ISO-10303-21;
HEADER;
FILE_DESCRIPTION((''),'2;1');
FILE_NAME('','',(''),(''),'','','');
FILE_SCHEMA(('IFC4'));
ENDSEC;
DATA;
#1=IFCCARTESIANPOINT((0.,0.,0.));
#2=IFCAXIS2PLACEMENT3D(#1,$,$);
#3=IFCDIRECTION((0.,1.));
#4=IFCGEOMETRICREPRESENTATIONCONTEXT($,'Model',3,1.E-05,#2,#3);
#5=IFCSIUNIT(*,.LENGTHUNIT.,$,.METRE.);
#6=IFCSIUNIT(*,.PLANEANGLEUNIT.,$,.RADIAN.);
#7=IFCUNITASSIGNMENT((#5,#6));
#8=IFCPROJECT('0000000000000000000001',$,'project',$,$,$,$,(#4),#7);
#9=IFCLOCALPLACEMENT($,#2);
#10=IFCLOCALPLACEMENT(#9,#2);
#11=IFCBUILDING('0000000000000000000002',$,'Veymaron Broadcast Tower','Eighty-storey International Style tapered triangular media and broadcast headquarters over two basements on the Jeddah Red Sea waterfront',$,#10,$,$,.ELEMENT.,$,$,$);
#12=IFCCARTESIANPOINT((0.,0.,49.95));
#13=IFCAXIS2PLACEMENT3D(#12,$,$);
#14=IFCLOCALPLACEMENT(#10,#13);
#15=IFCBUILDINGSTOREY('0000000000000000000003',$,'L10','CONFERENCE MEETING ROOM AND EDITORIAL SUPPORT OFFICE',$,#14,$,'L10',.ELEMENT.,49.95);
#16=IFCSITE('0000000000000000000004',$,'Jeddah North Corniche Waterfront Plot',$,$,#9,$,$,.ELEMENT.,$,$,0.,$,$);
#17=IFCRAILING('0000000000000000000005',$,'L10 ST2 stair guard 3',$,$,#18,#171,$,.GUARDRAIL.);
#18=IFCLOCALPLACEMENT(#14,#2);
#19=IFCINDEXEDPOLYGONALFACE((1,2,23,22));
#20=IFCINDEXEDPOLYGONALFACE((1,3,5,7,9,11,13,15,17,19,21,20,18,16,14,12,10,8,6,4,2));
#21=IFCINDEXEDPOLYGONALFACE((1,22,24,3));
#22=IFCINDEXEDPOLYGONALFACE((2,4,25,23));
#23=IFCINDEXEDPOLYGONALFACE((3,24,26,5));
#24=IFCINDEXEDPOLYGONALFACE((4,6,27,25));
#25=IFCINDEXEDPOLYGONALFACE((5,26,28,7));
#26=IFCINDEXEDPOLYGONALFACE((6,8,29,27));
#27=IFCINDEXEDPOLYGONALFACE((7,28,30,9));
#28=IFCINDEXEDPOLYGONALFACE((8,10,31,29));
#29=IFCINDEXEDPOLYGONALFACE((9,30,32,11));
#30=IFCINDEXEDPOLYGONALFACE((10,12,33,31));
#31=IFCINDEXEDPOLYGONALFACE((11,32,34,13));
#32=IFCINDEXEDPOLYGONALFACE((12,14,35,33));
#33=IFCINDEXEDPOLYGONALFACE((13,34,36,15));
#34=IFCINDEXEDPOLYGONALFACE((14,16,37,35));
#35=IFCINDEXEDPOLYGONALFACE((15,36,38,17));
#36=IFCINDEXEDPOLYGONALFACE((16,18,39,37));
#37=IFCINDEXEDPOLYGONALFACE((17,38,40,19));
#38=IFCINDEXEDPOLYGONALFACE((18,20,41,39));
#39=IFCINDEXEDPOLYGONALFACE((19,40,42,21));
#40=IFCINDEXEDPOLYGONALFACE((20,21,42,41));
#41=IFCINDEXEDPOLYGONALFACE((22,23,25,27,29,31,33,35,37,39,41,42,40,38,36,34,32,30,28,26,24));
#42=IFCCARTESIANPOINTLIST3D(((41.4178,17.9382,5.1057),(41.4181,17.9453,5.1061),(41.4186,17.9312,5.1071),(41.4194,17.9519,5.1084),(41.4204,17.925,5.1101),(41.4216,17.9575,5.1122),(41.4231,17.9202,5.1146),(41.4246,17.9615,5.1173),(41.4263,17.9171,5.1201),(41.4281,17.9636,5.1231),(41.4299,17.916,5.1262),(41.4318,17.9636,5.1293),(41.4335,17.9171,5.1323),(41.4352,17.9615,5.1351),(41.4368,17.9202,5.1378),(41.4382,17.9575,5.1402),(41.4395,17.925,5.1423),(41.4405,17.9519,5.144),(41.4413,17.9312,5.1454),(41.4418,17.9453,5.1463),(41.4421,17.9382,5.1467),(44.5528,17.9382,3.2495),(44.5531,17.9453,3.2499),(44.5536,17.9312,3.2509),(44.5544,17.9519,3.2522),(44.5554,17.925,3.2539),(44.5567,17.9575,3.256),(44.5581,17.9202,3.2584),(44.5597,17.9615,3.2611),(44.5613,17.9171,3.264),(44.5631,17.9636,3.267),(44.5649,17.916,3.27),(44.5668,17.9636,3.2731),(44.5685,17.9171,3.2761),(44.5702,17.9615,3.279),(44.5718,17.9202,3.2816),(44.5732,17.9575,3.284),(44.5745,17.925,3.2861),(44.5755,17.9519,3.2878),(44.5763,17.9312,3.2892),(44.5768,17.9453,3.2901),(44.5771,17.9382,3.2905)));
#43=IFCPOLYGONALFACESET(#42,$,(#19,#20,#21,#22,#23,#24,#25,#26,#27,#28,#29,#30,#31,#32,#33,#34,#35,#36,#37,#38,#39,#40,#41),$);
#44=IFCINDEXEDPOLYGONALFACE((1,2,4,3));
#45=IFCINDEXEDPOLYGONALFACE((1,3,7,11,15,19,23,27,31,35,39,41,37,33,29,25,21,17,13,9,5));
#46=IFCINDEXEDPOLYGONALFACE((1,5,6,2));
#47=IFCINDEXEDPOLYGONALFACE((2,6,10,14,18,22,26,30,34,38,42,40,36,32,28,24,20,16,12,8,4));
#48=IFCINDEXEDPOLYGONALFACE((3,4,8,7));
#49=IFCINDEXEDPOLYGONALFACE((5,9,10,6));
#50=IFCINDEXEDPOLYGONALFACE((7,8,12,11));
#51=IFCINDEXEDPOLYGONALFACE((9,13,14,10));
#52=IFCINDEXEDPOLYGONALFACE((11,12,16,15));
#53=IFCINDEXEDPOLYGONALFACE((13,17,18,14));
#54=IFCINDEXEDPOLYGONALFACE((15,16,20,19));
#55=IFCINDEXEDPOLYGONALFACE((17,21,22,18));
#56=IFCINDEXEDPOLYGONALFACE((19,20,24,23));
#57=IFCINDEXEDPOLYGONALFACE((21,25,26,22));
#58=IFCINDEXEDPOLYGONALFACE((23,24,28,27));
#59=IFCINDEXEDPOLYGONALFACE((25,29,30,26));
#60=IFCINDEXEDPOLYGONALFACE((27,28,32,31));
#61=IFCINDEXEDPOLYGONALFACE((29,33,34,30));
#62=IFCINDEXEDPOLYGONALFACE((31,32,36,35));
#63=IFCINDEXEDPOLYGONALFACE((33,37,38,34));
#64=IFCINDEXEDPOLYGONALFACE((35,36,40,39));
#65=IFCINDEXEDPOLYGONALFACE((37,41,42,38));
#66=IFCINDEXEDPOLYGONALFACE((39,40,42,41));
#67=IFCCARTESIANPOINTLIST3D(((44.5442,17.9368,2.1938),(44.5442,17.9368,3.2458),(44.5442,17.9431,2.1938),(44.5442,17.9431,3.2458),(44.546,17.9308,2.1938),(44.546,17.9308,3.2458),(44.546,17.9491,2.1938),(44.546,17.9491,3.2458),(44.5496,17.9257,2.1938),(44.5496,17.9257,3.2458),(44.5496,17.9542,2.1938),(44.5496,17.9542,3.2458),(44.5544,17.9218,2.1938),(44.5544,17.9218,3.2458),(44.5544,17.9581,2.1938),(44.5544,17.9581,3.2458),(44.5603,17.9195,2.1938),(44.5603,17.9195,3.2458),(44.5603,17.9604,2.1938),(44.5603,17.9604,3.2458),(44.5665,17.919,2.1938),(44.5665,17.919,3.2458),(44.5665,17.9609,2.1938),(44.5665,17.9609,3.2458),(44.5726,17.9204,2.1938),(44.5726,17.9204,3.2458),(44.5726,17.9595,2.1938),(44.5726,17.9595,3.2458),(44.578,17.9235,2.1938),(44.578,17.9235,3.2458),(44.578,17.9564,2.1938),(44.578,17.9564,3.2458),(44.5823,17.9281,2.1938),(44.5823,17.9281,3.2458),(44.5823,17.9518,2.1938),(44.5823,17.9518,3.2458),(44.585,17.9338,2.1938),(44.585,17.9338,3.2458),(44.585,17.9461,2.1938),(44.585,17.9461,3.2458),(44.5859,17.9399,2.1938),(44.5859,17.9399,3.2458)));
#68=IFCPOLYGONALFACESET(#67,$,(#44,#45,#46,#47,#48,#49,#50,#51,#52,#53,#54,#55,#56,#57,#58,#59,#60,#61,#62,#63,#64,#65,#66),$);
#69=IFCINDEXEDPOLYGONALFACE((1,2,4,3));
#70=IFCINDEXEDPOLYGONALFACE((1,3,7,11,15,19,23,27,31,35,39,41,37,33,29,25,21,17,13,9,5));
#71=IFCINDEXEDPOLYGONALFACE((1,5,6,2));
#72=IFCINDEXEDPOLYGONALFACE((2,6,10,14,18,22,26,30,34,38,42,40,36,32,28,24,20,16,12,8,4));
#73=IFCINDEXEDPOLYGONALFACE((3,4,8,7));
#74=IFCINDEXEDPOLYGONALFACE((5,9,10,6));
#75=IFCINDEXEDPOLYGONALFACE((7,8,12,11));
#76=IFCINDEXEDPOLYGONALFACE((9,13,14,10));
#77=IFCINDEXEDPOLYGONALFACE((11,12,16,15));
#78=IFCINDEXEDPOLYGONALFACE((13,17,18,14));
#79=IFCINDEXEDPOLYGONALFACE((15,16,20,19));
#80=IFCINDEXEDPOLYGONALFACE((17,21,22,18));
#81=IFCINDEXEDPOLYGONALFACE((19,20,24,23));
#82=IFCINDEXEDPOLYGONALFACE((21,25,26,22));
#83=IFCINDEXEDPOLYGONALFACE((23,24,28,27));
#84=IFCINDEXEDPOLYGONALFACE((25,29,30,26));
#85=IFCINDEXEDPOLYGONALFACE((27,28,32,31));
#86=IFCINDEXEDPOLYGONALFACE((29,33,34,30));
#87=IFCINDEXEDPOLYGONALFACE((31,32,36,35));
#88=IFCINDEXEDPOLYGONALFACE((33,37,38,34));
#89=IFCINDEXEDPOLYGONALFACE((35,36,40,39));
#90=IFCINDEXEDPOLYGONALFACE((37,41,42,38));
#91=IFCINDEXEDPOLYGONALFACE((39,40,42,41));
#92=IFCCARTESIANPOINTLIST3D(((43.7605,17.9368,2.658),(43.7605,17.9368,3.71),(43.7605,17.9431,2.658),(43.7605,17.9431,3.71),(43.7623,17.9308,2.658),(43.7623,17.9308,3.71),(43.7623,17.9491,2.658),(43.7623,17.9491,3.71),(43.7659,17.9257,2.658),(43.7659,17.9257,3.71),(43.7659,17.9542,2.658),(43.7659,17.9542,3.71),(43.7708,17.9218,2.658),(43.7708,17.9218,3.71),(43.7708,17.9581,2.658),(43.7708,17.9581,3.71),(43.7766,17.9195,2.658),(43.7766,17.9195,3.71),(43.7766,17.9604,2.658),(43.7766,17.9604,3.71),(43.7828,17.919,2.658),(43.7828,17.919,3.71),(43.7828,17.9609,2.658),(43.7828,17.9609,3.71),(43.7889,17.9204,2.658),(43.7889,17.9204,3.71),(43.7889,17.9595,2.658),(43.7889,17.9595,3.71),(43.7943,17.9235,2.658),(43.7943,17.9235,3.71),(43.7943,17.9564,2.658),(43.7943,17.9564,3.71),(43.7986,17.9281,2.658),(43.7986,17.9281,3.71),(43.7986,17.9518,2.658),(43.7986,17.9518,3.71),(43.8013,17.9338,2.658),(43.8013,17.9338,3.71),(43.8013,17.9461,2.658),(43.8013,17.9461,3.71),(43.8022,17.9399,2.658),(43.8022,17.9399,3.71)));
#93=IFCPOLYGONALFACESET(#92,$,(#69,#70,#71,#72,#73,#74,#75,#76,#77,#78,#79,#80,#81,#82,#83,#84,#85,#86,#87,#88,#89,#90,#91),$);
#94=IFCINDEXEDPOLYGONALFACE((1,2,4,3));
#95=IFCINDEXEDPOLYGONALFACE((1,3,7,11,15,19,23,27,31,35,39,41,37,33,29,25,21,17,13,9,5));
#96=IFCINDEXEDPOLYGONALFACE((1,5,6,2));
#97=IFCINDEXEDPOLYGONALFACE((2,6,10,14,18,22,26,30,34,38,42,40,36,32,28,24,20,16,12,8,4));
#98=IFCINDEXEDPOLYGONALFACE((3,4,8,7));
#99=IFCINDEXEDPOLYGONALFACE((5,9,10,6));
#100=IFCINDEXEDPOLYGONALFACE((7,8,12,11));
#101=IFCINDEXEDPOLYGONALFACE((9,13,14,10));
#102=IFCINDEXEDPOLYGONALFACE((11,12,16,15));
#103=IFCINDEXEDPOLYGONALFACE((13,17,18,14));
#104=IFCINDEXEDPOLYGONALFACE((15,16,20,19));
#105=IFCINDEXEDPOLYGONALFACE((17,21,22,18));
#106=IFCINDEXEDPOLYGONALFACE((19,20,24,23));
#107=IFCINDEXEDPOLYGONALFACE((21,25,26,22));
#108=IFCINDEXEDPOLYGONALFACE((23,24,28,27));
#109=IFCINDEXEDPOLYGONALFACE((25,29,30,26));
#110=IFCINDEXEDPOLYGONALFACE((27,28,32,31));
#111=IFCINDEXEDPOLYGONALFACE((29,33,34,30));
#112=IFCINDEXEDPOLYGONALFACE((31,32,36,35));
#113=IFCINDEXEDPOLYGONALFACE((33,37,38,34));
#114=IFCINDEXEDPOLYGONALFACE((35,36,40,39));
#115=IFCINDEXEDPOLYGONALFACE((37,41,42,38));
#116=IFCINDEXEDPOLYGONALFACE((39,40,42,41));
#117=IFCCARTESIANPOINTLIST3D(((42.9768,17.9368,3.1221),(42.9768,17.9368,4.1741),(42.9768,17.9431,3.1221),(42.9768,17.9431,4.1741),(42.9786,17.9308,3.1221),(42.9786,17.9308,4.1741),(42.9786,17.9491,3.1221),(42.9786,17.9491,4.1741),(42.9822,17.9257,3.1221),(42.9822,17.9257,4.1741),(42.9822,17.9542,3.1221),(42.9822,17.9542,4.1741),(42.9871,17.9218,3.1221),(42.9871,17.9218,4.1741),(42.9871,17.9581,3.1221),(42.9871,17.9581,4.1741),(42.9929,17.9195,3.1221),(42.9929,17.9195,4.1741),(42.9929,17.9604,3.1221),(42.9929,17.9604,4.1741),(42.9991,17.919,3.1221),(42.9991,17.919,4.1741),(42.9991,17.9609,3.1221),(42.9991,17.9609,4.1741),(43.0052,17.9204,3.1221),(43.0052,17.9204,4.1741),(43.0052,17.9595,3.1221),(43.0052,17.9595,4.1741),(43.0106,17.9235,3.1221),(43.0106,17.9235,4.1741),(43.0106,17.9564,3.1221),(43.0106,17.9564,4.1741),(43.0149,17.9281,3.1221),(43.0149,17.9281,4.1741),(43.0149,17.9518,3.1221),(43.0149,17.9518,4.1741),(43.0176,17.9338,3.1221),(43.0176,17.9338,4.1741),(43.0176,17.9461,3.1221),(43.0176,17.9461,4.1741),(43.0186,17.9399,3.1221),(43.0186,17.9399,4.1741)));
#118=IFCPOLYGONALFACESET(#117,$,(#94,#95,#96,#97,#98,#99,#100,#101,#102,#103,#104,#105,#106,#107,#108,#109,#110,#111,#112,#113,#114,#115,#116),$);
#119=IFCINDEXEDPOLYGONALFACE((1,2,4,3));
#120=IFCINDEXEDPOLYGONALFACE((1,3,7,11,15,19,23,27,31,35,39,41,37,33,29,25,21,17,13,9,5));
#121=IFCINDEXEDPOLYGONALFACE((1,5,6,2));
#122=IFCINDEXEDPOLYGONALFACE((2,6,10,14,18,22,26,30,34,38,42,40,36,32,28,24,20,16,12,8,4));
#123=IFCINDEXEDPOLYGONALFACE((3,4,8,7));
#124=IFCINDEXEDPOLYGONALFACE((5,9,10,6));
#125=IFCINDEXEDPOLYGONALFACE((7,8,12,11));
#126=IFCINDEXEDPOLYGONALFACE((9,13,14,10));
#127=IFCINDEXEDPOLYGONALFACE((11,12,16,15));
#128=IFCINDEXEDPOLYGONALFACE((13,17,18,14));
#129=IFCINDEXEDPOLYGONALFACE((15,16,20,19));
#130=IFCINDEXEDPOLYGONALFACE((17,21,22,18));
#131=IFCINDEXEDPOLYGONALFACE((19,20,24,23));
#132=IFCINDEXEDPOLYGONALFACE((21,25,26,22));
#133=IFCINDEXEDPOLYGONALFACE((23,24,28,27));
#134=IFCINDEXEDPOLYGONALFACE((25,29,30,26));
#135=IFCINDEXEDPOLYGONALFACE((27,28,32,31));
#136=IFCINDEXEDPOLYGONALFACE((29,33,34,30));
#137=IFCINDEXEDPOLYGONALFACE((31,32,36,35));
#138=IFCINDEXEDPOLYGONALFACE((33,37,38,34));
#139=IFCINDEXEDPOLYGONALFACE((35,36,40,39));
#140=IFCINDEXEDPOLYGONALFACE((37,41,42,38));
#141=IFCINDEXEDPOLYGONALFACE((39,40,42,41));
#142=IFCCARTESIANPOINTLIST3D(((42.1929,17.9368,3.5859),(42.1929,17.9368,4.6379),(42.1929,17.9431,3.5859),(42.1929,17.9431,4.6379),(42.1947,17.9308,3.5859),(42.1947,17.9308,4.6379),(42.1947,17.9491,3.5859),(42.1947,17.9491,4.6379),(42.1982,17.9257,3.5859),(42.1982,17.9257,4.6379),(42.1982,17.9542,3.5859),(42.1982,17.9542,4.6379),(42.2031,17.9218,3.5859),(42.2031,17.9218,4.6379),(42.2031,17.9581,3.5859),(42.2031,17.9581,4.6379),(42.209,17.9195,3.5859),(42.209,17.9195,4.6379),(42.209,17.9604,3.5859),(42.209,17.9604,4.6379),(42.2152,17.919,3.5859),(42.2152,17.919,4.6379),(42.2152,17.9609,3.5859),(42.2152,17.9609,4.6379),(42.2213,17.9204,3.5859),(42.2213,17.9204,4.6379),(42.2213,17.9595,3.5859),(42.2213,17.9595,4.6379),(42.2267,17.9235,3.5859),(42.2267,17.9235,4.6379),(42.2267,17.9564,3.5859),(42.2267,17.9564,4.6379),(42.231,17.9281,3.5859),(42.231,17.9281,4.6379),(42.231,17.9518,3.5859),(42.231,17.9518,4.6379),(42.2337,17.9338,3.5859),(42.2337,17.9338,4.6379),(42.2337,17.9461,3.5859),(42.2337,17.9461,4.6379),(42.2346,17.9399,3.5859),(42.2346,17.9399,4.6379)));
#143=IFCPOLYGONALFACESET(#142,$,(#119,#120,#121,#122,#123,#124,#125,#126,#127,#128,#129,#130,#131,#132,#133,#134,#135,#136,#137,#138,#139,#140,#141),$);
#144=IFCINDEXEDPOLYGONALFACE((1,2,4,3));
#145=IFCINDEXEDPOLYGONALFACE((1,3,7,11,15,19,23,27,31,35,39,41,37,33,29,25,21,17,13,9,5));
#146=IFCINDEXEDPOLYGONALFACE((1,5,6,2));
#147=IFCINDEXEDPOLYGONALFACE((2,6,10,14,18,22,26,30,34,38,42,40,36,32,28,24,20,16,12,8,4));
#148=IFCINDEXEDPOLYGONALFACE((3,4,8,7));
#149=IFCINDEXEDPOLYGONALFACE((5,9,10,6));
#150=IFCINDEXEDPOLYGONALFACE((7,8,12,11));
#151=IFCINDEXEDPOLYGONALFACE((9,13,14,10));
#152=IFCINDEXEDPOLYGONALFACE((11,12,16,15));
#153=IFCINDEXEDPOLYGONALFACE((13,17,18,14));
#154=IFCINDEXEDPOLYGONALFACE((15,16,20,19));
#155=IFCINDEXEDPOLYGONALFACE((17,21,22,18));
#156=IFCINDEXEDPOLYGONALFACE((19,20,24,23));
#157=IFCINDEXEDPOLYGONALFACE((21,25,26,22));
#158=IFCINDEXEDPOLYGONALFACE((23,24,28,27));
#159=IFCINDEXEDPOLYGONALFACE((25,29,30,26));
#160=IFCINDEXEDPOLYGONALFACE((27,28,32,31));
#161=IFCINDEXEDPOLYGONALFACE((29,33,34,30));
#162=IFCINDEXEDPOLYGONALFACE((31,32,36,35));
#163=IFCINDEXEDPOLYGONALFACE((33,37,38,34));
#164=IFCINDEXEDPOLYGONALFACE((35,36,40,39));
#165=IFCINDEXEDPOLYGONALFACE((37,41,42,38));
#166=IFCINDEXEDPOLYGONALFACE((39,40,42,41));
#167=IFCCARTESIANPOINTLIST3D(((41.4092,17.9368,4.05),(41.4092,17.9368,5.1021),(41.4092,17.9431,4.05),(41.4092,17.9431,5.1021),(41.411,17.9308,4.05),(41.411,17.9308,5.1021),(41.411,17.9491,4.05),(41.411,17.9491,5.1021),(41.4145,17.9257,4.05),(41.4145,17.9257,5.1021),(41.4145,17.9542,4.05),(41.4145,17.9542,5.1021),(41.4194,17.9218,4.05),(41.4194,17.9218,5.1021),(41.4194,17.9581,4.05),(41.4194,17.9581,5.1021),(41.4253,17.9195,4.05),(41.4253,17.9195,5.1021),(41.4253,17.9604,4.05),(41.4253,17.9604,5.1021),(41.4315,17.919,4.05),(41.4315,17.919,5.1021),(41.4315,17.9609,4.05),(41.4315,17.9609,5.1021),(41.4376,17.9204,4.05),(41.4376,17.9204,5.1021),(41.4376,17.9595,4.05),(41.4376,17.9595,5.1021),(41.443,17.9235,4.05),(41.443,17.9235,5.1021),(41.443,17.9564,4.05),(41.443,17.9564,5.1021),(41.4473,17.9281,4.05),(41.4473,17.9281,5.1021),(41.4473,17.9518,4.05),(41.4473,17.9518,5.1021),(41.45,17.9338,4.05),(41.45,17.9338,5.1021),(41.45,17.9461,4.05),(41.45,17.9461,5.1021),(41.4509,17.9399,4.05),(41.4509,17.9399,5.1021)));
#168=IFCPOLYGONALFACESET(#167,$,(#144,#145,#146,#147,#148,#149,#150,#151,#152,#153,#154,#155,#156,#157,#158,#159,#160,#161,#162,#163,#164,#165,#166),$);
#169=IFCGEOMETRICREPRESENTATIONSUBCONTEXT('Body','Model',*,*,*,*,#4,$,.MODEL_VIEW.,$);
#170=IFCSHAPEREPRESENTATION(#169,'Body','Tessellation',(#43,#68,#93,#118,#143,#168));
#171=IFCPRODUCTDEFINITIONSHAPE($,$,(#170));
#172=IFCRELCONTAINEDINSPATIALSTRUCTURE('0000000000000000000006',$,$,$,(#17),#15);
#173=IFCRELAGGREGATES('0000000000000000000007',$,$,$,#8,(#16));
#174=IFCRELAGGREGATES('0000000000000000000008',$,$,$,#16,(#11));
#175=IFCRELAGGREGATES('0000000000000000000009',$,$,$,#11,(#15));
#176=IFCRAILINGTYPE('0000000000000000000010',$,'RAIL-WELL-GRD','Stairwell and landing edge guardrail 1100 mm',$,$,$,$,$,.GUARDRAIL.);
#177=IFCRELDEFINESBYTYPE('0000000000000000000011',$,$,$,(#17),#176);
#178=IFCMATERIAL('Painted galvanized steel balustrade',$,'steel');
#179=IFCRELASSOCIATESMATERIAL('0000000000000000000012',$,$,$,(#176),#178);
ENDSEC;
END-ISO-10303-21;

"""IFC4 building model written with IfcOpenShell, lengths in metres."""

from ifc_helpers import new_model, si_unit, direction, frame, origin, origin_2d, place, context, subcontext, project, spatial, circle, extrude, material, type_object, element, save


model = new_model("IFC4")

# Units and contexts
model_context = context("Model", 3, precision=1e-05, world=origin(), true_north=direction((0.0, 1.0)))
body_context = subcontext(model_context, "Body", "Model", "MODEL_VIEW")
ifc_project = project(units=[si_unit("LENGTHUNIT", "METRE"), si_unit("PLANEANGLEUNIT", "RADIAN")], contexts=[model_context])

# Site, building, storey
site_placement = place(None, origin())
site = spatial("IfcSite", under=ifc_project, at=site_placement, Name="Jeddah North Corniche Waterfront Plot", CompositionType="ELEMENT", RefElevation=0.0)
building_placement = place(site_placement, origin())
building = spatial("IfcBuilding", under=site, at=building_placement, Name="Veymaron Broadcast Tower", Description="Eighty-storey International Style tapered triangular media and broadcast headquarters over two basements on the Jeddah Red Sea waterfront", CompositionType="ELEMENT")
storey_placement = place(building_placement, frame((0.0, 0.0, 49.95)))
storey = spatial("IfcBuildingStorey", under=building, at=storey_placement, Name="L10", Description="CONFERENCE MEETING ROOM AND EDITORIAL SUPPORT OFFICE", LongName="L10", CompositionType="ELEMENT", Elevation=49.95)

# Railing
ifc_material_1 = material(Name="Painted galvanized steel balustrade", Category="steel")
railing_type_1 = type_object("IfcRailingType", Name="RAIL-WELL-GRD", Description="Stairwell and landing edge guardrail 1100 mm", PredefinedType="GUARDRAIL", material=ifc_material_1)
railing_1_placement = place(storey_placement, frame((44.5649, 17.9399, 2.1938)))
element("IfcRailing", 1, at=railing_1_placement, inside=storey, type_object=railing_type_1, Name="L10 ST2 stair guard 3", PredefinedType="GUARDRAIL", context=body_context, shape_type="SweptSolid", body=[
    extrude(circle(Radius=0.0239, at=origin_2d()), frame((0.0, 0.0, 1.0762), z_axis=(-0.860482, 0.0, 0.509481), x_axis=(0.0, -1.0, 0.0)), (0.0, 0.0, 1.0), 3.6433),
    extrude(circle(Radius=0.021, at=origin_2d()), origin(), (0.0, 0.0, 1.0), 1.052),
    extrude(circle(Radius=0.021, at=origin_2d()), frame((-0.7837, 0.0, 0.4641)), (0.0, 0.0, 1.0), 1.052),
    extrude(circle(Radius=0.021, at=origin_2d()), frame((-1.5674, 0.0, 0.9282)), (0.0, 0.0, 1.0), 1.052),
    extrude(circle(Radius=0.021, at=origin_2d()), frame((-2.3513, 0.0, 1.3921)), (0.0, 0.0, 1.0), 1.052),
    extrude(circle(Radius=0.021, at=origin_2d()), frame((-3.135, 0.0, 1.8562)), (0.0, 0.0, 1.0), 1.052),
])

save(model, "model.ifc")
